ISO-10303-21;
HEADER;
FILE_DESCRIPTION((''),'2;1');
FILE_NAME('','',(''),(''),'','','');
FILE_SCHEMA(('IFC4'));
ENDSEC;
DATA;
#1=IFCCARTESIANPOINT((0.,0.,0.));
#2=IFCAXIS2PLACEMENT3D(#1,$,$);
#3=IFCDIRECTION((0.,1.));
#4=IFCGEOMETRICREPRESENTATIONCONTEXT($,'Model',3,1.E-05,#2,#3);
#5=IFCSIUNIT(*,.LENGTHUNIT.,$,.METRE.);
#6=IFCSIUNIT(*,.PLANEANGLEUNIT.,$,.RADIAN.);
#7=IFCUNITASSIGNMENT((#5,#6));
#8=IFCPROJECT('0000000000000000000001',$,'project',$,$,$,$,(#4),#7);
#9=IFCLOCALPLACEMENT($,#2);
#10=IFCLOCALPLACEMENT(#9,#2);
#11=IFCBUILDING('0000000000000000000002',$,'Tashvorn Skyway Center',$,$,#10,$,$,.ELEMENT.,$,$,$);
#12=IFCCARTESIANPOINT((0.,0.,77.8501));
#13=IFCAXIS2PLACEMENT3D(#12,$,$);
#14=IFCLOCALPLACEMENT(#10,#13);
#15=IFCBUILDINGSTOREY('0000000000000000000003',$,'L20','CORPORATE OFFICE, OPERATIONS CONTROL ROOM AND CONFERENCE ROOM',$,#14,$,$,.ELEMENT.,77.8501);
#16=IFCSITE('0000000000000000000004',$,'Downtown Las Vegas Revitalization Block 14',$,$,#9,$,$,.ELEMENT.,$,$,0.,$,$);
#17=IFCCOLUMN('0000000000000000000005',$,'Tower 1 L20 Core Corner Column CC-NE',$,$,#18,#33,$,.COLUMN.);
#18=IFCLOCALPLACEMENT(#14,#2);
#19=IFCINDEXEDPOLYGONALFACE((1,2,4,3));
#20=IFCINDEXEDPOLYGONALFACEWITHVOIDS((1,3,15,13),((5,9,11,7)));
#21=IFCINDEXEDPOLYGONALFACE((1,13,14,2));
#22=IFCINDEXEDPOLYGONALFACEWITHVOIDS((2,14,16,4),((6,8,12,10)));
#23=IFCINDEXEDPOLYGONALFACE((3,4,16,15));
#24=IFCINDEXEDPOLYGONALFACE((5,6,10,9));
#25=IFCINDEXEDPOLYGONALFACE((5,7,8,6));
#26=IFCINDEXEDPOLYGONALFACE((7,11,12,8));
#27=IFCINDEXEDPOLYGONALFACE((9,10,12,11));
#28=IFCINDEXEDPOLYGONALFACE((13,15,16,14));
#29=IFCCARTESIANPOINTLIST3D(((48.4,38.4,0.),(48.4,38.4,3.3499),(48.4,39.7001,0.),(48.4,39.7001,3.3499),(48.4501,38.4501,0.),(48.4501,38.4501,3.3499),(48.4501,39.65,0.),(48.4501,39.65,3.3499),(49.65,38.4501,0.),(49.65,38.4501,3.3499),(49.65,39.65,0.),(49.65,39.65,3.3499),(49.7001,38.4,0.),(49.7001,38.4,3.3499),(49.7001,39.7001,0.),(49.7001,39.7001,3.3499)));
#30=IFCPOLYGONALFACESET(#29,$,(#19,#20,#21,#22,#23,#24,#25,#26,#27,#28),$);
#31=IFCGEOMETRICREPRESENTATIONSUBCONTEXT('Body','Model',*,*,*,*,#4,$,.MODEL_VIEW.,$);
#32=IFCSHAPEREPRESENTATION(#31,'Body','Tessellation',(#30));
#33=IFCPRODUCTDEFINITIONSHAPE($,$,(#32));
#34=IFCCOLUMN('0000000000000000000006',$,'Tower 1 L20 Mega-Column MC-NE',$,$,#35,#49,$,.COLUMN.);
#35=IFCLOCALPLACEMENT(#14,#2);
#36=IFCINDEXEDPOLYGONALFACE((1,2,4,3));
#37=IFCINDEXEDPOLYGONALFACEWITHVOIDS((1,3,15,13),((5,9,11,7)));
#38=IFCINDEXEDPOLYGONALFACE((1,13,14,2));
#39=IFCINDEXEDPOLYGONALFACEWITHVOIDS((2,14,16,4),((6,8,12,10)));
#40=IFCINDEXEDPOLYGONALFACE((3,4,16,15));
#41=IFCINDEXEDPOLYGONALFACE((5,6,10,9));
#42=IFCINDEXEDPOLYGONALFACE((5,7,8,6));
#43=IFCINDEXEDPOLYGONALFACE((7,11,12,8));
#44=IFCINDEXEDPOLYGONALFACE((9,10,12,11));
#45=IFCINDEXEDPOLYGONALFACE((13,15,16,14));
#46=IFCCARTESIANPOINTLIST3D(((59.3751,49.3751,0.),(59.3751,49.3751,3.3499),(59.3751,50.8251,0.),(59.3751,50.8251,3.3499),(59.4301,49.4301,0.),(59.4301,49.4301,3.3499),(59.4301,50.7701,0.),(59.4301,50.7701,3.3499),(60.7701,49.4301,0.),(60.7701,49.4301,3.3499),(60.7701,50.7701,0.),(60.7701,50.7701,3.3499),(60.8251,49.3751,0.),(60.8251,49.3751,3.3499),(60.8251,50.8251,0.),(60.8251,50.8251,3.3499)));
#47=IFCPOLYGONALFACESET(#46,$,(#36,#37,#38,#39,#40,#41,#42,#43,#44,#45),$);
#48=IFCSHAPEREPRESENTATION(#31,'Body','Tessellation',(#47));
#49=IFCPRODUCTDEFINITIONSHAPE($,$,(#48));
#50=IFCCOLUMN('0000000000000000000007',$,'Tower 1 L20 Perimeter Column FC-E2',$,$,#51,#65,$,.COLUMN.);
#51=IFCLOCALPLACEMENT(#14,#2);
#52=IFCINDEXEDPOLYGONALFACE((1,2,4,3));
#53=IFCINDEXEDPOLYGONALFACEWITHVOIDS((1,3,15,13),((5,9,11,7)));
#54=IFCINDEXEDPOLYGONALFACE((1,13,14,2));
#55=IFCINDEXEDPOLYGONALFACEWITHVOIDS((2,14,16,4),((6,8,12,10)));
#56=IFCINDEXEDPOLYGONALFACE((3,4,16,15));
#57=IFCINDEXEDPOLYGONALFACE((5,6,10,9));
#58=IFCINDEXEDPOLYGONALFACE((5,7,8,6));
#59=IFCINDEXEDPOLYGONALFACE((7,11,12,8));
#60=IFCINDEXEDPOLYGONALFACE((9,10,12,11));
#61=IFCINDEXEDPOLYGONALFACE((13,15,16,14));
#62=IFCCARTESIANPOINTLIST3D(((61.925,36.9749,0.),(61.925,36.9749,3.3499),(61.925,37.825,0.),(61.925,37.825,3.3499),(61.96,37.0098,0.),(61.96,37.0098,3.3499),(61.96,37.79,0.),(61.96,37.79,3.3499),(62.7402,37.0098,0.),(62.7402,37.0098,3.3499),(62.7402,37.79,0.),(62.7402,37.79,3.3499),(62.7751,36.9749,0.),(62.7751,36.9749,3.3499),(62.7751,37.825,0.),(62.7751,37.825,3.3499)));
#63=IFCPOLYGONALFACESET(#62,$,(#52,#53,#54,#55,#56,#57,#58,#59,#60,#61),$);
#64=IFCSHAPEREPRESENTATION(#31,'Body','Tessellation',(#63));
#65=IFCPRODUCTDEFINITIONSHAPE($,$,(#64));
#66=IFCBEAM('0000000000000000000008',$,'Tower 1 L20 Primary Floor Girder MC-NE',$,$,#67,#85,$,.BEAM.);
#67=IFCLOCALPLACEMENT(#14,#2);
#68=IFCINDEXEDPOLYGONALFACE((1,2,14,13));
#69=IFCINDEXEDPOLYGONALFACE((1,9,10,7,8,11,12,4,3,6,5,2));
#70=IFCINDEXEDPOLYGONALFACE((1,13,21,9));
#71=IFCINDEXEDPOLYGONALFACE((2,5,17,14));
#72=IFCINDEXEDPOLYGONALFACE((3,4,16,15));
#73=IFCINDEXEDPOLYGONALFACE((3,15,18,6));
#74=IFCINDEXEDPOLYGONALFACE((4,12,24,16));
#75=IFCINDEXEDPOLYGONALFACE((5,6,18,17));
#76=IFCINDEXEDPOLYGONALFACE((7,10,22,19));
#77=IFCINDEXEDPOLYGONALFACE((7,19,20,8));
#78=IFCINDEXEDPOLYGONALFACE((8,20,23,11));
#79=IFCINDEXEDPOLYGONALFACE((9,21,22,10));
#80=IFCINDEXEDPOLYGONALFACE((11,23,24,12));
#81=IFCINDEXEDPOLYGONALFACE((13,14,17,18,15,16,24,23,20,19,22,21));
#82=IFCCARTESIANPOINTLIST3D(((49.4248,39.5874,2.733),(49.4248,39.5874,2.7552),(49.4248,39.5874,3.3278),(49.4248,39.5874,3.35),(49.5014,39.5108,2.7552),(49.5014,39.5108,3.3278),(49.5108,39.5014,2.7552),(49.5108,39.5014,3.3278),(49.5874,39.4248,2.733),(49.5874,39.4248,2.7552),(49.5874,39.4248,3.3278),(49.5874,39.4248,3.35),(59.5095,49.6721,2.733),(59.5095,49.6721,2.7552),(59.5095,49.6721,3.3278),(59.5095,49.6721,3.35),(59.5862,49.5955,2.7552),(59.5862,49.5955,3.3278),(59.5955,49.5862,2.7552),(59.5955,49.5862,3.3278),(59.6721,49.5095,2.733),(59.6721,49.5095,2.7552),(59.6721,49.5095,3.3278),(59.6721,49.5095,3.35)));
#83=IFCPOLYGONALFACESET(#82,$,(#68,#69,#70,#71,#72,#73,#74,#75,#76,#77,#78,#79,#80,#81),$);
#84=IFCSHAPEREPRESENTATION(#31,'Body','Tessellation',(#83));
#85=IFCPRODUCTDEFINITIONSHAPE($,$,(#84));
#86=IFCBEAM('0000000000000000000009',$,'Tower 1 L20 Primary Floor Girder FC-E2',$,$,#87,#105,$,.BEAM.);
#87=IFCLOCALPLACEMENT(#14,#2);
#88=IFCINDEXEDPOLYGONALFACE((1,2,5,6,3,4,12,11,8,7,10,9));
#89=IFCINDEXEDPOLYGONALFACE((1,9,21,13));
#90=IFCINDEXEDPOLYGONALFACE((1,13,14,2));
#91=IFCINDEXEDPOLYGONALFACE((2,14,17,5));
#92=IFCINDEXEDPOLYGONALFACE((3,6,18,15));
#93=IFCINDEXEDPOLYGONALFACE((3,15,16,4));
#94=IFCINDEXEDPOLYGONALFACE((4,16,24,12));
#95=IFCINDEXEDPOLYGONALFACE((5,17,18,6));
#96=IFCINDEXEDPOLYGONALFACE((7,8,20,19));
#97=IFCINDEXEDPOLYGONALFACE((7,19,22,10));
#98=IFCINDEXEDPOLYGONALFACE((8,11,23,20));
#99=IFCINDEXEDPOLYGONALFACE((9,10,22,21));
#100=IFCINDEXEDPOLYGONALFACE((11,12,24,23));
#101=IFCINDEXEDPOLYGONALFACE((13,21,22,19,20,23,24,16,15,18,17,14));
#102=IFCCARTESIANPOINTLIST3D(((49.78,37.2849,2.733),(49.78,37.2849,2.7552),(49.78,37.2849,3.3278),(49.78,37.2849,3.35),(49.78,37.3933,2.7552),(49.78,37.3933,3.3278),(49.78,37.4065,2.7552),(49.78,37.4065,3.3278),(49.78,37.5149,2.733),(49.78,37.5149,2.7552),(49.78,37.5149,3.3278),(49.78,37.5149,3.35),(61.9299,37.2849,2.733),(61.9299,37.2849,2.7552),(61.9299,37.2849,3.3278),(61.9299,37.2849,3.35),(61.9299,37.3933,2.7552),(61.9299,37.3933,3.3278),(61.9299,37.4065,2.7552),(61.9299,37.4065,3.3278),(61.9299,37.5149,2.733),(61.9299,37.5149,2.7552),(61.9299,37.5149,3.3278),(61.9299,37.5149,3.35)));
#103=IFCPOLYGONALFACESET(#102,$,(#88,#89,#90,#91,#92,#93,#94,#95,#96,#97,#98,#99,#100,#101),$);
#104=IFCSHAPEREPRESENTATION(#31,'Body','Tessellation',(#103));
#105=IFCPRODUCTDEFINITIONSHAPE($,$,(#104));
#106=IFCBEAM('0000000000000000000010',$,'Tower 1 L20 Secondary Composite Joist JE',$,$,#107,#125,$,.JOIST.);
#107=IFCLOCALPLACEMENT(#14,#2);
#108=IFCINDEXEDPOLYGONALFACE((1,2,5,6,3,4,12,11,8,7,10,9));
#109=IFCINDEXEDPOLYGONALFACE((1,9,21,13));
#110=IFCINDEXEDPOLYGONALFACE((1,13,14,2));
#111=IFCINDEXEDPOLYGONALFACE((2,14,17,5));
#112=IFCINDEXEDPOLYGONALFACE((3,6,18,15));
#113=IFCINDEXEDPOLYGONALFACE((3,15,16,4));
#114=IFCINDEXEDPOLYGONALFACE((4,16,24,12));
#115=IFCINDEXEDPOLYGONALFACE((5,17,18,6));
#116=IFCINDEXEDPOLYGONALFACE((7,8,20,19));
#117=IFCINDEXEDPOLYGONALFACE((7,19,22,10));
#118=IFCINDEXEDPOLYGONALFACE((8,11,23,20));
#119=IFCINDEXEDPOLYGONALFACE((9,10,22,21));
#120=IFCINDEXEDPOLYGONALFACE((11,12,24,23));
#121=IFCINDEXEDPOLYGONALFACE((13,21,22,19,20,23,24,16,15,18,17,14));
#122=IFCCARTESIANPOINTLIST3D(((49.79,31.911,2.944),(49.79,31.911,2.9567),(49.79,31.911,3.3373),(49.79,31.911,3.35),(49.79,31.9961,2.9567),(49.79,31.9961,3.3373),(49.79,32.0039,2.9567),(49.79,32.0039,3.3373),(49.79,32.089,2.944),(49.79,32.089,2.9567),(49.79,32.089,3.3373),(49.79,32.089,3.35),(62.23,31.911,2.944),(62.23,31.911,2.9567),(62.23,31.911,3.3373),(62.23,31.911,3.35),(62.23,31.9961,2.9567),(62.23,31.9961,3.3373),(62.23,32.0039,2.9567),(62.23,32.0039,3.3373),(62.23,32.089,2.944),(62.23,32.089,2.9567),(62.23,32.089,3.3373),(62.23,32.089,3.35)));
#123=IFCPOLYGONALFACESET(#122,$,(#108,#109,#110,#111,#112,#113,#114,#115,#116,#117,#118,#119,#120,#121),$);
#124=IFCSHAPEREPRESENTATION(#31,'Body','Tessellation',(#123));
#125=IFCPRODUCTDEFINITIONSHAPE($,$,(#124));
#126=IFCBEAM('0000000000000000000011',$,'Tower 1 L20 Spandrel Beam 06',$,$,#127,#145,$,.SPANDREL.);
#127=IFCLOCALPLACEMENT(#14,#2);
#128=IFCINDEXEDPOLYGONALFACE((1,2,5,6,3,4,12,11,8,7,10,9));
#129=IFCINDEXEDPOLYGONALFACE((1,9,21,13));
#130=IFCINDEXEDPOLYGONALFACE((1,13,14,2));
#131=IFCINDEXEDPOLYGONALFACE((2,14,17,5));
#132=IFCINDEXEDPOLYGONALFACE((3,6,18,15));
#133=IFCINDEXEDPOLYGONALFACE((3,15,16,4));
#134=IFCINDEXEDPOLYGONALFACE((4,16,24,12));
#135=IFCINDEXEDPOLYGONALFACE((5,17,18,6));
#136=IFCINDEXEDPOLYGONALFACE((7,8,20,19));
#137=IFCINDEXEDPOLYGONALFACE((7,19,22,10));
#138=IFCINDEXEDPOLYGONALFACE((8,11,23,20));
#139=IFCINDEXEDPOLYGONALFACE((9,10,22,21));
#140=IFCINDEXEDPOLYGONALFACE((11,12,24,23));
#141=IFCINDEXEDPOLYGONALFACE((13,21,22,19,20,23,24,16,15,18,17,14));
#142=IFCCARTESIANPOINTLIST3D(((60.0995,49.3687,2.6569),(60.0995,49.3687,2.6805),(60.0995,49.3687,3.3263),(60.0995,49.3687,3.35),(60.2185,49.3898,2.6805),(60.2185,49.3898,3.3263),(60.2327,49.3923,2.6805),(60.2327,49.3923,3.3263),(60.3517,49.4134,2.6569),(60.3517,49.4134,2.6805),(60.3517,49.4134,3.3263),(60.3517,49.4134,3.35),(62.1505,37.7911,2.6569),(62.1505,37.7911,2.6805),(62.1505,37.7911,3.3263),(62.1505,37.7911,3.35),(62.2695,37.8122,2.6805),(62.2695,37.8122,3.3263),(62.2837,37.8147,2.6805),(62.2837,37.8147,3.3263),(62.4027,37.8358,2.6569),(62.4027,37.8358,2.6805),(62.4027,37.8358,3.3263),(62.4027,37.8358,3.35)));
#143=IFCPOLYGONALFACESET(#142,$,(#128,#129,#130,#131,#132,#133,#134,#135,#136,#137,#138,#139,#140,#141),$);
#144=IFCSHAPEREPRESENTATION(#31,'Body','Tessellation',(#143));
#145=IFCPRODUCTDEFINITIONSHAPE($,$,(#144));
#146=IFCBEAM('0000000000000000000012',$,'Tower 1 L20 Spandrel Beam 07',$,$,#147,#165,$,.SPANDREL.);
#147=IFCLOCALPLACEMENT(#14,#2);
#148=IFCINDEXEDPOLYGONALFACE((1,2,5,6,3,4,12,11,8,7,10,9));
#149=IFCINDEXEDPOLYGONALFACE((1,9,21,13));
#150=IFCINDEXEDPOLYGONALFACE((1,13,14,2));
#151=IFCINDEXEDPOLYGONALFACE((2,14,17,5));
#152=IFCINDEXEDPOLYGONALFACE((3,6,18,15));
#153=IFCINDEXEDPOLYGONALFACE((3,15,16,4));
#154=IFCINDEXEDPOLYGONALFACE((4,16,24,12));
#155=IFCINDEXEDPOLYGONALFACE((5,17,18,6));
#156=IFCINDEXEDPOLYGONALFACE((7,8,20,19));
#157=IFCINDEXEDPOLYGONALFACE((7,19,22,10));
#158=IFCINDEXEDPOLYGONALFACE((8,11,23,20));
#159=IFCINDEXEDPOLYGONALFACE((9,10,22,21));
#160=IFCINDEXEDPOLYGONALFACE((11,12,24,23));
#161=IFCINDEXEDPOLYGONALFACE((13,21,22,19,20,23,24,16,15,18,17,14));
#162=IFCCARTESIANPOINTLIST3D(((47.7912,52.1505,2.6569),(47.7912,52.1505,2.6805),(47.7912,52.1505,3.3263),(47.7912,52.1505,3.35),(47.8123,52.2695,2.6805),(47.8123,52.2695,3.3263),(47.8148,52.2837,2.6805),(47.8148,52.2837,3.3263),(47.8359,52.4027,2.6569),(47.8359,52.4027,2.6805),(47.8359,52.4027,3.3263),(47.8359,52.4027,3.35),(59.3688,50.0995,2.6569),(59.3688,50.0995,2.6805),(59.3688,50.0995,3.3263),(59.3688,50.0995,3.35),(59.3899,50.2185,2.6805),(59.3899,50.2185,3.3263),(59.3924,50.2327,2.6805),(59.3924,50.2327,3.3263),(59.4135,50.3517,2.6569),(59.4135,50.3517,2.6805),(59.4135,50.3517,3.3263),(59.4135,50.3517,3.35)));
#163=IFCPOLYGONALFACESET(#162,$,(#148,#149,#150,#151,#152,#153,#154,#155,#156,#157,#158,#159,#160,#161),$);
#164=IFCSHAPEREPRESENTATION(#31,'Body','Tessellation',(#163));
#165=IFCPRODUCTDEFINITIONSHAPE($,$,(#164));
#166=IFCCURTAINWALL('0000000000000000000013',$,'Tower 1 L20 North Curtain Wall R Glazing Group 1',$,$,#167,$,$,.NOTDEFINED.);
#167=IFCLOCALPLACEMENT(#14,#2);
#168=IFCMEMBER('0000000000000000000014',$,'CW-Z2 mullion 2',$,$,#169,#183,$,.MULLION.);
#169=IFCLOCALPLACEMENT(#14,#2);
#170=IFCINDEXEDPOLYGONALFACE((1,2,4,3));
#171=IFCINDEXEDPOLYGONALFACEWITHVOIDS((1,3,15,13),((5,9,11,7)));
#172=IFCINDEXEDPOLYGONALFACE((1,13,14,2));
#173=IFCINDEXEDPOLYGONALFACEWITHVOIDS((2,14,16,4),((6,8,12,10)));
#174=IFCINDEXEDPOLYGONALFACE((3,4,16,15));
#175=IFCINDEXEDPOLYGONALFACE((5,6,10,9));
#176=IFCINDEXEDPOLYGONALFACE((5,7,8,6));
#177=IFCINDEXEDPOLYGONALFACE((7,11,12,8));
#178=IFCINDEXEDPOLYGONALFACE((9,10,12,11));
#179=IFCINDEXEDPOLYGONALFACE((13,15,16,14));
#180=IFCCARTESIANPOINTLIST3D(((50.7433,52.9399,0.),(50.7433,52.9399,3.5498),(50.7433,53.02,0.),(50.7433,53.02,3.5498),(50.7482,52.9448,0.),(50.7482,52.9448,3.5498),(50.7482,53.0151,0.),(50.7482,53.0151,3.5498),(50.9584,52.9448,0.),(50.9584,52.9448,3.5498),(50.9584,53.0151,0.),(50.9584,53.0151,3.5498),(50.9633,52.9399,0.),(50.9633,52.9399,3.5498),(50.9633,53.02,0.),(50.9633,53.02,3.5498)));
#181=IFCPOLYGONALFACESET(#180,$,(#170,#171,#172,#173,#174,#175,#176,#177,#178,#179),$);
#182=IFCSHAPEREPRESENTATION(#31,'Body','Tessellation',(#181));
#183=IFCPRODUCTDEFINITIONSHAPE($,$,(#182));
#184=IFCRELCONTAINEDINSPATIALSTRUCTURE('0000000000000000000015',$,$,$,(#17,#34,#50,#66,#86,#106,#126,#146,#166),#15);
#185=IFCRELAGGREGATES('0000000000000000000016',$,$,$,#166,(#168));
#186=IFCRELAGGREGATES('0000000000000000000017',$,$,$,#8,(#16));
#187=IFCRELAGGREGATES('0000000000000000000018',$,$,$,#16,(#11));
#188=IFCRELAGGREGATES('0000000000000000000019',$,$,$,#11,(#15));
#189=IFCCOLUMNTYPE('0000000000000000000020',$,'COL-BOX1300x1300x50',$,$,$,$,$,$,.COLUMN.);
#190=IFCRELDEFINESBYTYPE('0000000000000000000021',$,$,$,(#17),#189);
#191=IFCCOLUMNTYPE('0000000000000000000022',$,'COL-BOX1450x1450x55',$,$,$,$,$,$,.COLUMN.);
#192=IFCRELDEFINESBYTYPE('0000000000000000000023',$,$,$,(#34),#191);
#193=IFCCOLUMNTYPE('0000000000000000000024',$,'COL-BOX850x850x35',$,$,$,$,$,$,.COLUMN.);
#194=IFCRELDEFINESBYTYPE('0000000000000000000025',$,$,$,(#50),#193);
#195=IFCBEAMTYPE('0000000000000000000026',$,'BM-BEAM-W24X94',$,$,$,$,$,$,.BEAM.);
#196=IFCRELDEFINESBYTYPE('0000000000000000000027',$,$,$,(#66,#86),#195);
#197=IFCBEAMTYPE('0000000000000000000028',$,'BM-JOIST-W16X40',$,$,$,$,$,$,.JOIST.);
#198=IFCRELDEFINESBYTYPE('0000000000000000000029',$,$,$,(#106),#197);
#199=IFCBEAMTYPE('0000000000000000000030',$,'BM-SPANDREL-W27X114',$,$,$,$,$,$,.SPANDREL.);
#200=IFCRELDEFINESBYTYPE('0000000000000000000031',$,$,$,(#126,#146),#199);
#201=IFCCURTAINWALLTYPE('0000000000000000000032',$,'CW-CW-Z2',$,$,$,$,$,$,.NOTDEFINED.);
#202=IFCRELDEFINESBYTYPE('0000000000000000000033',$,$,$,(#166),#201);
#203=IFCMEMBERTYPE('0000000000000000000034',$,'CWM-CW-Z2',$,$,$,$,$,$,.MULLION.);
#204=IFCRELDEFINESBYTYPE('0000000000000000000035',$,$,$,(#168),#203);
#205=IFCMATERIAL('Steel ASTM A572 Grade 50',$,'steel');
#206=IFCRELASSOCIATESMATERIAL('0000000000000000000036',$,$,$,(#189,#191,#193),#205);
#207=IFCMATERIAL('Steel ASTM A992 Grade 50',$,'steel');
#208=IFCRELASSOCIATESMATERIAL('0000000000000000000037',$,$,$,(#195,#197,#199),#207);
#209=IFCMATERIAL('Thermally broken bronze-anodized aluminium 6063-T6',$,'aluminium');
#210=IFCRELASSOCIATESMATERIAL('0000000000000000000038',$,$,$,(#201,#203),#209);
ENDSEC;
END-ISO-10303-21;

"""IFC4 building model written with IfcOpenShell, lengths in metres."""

from ifc_helpers import new_model, si_unit, direction, frame, origin, origin_2d, place, context, subcontext, project, spatial, hollow_rectangle, i_section, extrude, material, material_profile, profile_set, type_object, element, aggregate, save


model = new_model("IFC4")

# Units and contexts
model_context = context("Model", 3, precision=1e-05, world=origin(), true_north=direction((0.0, 1.0)))
body_context = subcontext(model_context, "Body", "Model", "MODEL_VIEW")
ifc_project = project(units=[si_unit("LENGTHUNIT", "METRE"), si_unit("PLANEANGLEUNIT", "RADIAN")], contexts=[model_context])

# Site, building, storey
site_placement = place(None, origin())
site = spatial("IfcSite", under=ifc_project, at=site_placement, Name="Downtown Las Vegas Revitalization Block 14", CompositionType="ELEMENT", RefElevation=0.0)
building_placement = place(site_placement, origin())
building = spatial("IfcBuilding", under=site, at=building_placement, Name="Tashvorn Skyway Center", CompositionType="ELEMENT")
storey_placement = place(building_placement, frame((0.0, 0.0, 77.8501)))
storey = spatial("IfcBuildingStorey", under=building, at=storey_placement, Name="L20", Description="CORPORATE OFFICE, OPERATIONS CONTROL ROOM AND CONFERENCE ROOM", CompositionType="ELEMENT", Elevation=77.8501)

# Columns
ifc_material_1 = material(Name="Steel ASTM A572 Grade 50", Category="steel")
ifc_material_profile_1 = material_profile(ifc_material_1, hollow_rectangle(XDim=1.3, YDim=1.3, WallThickness=0.05, at=origin_2d()), Name="BOX1300x1300x50")
ifc_profile_set_1 = profile_set([ifc_material_profile_1], Name="Steel ASTM A572 Grade 50")
column_type_1 = type_object("IfcColumnType", Name="COL-BOX1300x1300x50", PredefinedType="COLUMN", material=ifc_profile_set_1)
column_1_placement = place(storey_placement, frame((49.05, 39.05, 0.0), z_axis=(0.0, 0.0, 1.0), x_axis=(1.0, 0.0, 0.0)))
element("IfcColumn", 1, at=column_1_placement, inside=storey, type_object=column_type_1, Name="Tower 1 L20 Core Corner Column CC-NE", PredefinedType="COLUMN", context=body_context, shape_type="SweptSolid", body=[
    extrude(hollow_rectangle(XDim=1.3, YDim=1.3, WallThickness=0.05, at=origin_2d()), origin(), (0.0, 0.0, 1.0), 3.3499),
])
ifc_material_profile_2 = material_profile(ifc_material_1, hollow_rectangle(XDim=1.45, YDim=1.45, WallThickness=0.0549, at=origin_2d()), Name="BOX1450x1450x55")
ifc_profile_set_2 = profile_set([ifc_material_profile_2], Name="Steel ASTM A572 Grade 50")
column_type_2 = type_object("IfcColumnType", Name="COL-BOX1450x1450x55", PredefinedType="COLUMN", material=ifc_profile_set_2)
column_2_placement = place(storey_placement, frame((60.1001, 50.1001, 0.0), z_axis=(0.0, 0.0, 1.0), x_axis=(1.0, 0.0, 0.0)))
element("IfcColumn", 2, at=column_2_placement, inside=storey, type_object=column_type_2, Name="Tower 1 L20 Mega-Column MC-NE", PredefinedType="COLUMN", context=body_context, shape_type="SweptSolid", body=[
    extrude(hollow_rectangle(XDim=1.45, YDim=1.45, WallThickness=0.0549, at=origin_2d()), origin(), (0.0, 0.0, 1.0), 3.3499),
])
ifc_material_profile_3 = material_profile(ifc_material_1, hollow_rectangle(XDim=0.8501, YDim=0.8501, WallThickness=0.0349, at=origin_2d()), Name="BOX850x850x35")
ifc_profile_set_3 = profile_set([ifc_material_profile_3], Name="Steel ASTM A572 Grade 50")
column_type_3 = type_object("IfcColumnType", Name="COL-BOX850x850x35", PredefinedType="COLUMN", material=ifc_profile_set_3)
column_3_placement = place(storey_placement, frame((62.3501, 37.3999, 0.0), z_axis=(0.0, 0.0, 1.0), x_axis=(1.0, 0.0, 0.0)))
element("IfcColumn", 3, at=column_3_placement, inside=storey, type_object=column_type_3, Name="Tower 1 L20 Perimeter Column FC-E2", PredefinedType="COLUMN", context=body_context, shape_type="SweptSolid", body=[
    extrude(hollow_rectangle(XDim=0.8501, YDim=0.8501, WallThickness=0.0349, at=origin_2d()), origin(), (0.0, 0.0, 1.0), 3.3499),
])

# Beams
ifc_material_2 = material(Name="Steel ASTM A992 Grade 50", Category="steel")
ifc_material_profile_4 = material_profile(ifc_material_2, i_section(OverallWidth=0.23, OverallDepth=0.6169, WebThickness=0.0132, FlangeThickness=0.0222, at=origin_2d()), Name="W24X94")
ifc_profile_set_4 = profile_set([ifc_material_profile_4], Name="Steel ASTM A992 Grade 50")
beam_type_1 = type_object("IfcBeamType", Name="BM-BEAM-W24X94", PredefinedType="BEAM", material=ifc_profile_set_4)
beam_1_placement = place(storey_placement, frame((59.5908, 49.5908, 3.0415), z_axis=(-0.707107, -0.707107, 0.0), x_axis=(0.707107, -0.707107, 0.0)))
element("IfcBeam", 4, at=beam_1_placement, inside=storey, type_object=beam_type_1, Name="Tower 1 L20 Primary Floor Girder MC-NE", PredefinedType="BEAM", context=body_context, shape_type="SweptSolid", body=[
    extrude(i_section(OverallWidth=0.23, OverallDepth=0.6169, WebThickness=0.0132, FlangeThickness=0.0222, at=origin_2d()), origin(), (0.0, 0.0, 1.0), 14.262),
])
beam_2_placement = place(storey_placement, frame((61.9299, 37.3999, 3.0415), z_axis=(-1.0, 0.0, 0.0), x_axis=(0.0, -1.0, 0.0)))
element("IfcBeam", 5, at=beam_2_placement, inside=storey, type_object=beam_type_1, Name="Tower 1 L20 Primary Floor Girder FC-E2", PredefinedType="BEAM", context=body_context, shape_type="SweptSolid", body=[
    extrude(i_section(OverallWidth=0.23, OverallDepth=0.6169, WebThickness=0.0132, FlangeThickness=0.0222, at=origin_2d()), origin(), (0.0, 0.0, 1.0), 12.1499),
])
ifc_material_profile_5 = material_profile(ifc_material_2, i_section(OverallWidth=0.178, OverallDepth=0.406, WebThickness=0.0078, FlangeThickness=0.0127, at=origin_2d()), Name="W16X40")
ifc_profile_set_5 = profile_set([ifc_material_profile_5], Name="Steel ASTM A992 Grade 50")
beam_type_2 = type_object("IfcBeamType", Name="BM-JOIST-W16X40", PredefinedType="JOIST", material=ifc_profile_set_5)
beam_3_placement = place(storey_placement, frame((49.79, 32.0, 3.147), z_axis=(1.0, 0.0, 0.0), x_axis=(0.0, 1.0, 0.0)))
element("IfcBeam", 6, at=beam_3_placement, inside=storey, type_object=beam_type_2, Name="Tower 1 L20 Secondary Composite Joist JE", PredefinedType="JOIST", context=body_context, shape_type="SweptSolid", body=[
    extrude(i_section(OverallWidth=0.178, OverallDepth=0.406, WebThickness=0.0078, FlangeThickness=0.0127, at=origin_2d()), origin(), (0.0, 0.0, 1.0), 12.4399),
])
ifc_material_profile_6 = material_profile(ifc_material_2, i_section(OverallWidth=0.2561, OverallDepth=0.6931, WebThickness=0.0144, FlangeThickness=0.0237, at=origin_2d()), Name="W27X114")
ifc_profile_set_6 = profile_set([ifc_material_profile_6], Name="Steel ASTM A992 Grade 50")
beam_type_3 = type_object("IfcBeamType", Name="BM-SPANDREL-W27X114", PredefinedType="SPANDREL", material=ifc_profile_set_6)
for number, where, z_axis, x_axis, name in (
    (7, (62.2766, 37.8135, 3.0034), (-0.174438, 0.984668, 0.0), (-0.984668, -0.174438, 0.0), "Tower 1 L20 Spandrel Beam 06"),
    (8, (59.3911, 50.2256, 3.0034), (-0.984668, 0.174438, 0.0), (-0.174438, -0.984668, 0.0), "Tower 1 L20 Spandrel Beam 07"),
):
    element("IfcBeam", number, at=place(storey_placement, frame(where, z_axis=z_axis, x_axis=x_axis)), inside=storey, type_object=beam_type_3, Name=name, PredefinedType="SPANDREL", context=body_context, shape_type="SweptSolid", body=[
        extrude(i_section(OverallWidth=0.2561, OverallDepth=0.6931, WebThickness=0.0144, FlangeThickness=0.0237, at=origin_2d()), origin(), (0.0, 0.0, 1.0), 11.7578),
    ])

# Curtain wall, member
ifc_material_3 = material(Name="Thermally broken bronze-anodized aluminium 6063-T6", Category="aluminium")
curtain_wall_type = type_object("IfcCurtainWallType", Name="CW-CW-Z2", PredefinedType="NOTDEFINED", material=ifc_material_3)
curtain_wall_1_placement = place(storey_placement, origin())
curtain_wall_1 = element("IfcCurtainWall", 9, at=curtain_wall_1_placement, inside=storey, type_object=curtain_wall_type, Name="Tower 1 L20 North Curtain Wall R Glazing Group 1", PredefinedType="NOTDEFINED")
ifc_material_profile_7 = material_profile(ifc_material_3, hollow_rectangle(XDim=0.0801, YDim=0.22, WallThickness=0.0049, at=origin_2d()), Name="ALU-MULL-80x220")
ifc_profile_set_7 = profile_set([ifc_material_profile_7], Name="Thermally broken bronze-anodized aluminium 6063-T6")
member_type_1 = type_object("IfcMemberType", Name="CWM-CW-Z2", PredefinedType="MULLION", material=ifc_profile_set_7)
member_1_placement = place(storey_placement, frame((50.8533, 52.98, 0.0), z_axis=(0.0, 0.0, 1.0), x_axis=(0.0, 1.0, 0.0)))
member_1 = element("IfcMember", 10, at=member_1_placement, type_object=member_type_1, Name="CW-Z2 mullion 2", PredefinedType="MULLION", context=body_context, shape_type="SweptSolid", body=[
    extrude(hollow_rectangle(XDim=0.0801, YDim=0.22, WallThickness=0.0049, at=origin_2d()), origin(), (0.0, 0.0, 1.0), 3.5498),
])

aggregate(curtain_wall_1, [member_1])

save(model, "model.ifc")
